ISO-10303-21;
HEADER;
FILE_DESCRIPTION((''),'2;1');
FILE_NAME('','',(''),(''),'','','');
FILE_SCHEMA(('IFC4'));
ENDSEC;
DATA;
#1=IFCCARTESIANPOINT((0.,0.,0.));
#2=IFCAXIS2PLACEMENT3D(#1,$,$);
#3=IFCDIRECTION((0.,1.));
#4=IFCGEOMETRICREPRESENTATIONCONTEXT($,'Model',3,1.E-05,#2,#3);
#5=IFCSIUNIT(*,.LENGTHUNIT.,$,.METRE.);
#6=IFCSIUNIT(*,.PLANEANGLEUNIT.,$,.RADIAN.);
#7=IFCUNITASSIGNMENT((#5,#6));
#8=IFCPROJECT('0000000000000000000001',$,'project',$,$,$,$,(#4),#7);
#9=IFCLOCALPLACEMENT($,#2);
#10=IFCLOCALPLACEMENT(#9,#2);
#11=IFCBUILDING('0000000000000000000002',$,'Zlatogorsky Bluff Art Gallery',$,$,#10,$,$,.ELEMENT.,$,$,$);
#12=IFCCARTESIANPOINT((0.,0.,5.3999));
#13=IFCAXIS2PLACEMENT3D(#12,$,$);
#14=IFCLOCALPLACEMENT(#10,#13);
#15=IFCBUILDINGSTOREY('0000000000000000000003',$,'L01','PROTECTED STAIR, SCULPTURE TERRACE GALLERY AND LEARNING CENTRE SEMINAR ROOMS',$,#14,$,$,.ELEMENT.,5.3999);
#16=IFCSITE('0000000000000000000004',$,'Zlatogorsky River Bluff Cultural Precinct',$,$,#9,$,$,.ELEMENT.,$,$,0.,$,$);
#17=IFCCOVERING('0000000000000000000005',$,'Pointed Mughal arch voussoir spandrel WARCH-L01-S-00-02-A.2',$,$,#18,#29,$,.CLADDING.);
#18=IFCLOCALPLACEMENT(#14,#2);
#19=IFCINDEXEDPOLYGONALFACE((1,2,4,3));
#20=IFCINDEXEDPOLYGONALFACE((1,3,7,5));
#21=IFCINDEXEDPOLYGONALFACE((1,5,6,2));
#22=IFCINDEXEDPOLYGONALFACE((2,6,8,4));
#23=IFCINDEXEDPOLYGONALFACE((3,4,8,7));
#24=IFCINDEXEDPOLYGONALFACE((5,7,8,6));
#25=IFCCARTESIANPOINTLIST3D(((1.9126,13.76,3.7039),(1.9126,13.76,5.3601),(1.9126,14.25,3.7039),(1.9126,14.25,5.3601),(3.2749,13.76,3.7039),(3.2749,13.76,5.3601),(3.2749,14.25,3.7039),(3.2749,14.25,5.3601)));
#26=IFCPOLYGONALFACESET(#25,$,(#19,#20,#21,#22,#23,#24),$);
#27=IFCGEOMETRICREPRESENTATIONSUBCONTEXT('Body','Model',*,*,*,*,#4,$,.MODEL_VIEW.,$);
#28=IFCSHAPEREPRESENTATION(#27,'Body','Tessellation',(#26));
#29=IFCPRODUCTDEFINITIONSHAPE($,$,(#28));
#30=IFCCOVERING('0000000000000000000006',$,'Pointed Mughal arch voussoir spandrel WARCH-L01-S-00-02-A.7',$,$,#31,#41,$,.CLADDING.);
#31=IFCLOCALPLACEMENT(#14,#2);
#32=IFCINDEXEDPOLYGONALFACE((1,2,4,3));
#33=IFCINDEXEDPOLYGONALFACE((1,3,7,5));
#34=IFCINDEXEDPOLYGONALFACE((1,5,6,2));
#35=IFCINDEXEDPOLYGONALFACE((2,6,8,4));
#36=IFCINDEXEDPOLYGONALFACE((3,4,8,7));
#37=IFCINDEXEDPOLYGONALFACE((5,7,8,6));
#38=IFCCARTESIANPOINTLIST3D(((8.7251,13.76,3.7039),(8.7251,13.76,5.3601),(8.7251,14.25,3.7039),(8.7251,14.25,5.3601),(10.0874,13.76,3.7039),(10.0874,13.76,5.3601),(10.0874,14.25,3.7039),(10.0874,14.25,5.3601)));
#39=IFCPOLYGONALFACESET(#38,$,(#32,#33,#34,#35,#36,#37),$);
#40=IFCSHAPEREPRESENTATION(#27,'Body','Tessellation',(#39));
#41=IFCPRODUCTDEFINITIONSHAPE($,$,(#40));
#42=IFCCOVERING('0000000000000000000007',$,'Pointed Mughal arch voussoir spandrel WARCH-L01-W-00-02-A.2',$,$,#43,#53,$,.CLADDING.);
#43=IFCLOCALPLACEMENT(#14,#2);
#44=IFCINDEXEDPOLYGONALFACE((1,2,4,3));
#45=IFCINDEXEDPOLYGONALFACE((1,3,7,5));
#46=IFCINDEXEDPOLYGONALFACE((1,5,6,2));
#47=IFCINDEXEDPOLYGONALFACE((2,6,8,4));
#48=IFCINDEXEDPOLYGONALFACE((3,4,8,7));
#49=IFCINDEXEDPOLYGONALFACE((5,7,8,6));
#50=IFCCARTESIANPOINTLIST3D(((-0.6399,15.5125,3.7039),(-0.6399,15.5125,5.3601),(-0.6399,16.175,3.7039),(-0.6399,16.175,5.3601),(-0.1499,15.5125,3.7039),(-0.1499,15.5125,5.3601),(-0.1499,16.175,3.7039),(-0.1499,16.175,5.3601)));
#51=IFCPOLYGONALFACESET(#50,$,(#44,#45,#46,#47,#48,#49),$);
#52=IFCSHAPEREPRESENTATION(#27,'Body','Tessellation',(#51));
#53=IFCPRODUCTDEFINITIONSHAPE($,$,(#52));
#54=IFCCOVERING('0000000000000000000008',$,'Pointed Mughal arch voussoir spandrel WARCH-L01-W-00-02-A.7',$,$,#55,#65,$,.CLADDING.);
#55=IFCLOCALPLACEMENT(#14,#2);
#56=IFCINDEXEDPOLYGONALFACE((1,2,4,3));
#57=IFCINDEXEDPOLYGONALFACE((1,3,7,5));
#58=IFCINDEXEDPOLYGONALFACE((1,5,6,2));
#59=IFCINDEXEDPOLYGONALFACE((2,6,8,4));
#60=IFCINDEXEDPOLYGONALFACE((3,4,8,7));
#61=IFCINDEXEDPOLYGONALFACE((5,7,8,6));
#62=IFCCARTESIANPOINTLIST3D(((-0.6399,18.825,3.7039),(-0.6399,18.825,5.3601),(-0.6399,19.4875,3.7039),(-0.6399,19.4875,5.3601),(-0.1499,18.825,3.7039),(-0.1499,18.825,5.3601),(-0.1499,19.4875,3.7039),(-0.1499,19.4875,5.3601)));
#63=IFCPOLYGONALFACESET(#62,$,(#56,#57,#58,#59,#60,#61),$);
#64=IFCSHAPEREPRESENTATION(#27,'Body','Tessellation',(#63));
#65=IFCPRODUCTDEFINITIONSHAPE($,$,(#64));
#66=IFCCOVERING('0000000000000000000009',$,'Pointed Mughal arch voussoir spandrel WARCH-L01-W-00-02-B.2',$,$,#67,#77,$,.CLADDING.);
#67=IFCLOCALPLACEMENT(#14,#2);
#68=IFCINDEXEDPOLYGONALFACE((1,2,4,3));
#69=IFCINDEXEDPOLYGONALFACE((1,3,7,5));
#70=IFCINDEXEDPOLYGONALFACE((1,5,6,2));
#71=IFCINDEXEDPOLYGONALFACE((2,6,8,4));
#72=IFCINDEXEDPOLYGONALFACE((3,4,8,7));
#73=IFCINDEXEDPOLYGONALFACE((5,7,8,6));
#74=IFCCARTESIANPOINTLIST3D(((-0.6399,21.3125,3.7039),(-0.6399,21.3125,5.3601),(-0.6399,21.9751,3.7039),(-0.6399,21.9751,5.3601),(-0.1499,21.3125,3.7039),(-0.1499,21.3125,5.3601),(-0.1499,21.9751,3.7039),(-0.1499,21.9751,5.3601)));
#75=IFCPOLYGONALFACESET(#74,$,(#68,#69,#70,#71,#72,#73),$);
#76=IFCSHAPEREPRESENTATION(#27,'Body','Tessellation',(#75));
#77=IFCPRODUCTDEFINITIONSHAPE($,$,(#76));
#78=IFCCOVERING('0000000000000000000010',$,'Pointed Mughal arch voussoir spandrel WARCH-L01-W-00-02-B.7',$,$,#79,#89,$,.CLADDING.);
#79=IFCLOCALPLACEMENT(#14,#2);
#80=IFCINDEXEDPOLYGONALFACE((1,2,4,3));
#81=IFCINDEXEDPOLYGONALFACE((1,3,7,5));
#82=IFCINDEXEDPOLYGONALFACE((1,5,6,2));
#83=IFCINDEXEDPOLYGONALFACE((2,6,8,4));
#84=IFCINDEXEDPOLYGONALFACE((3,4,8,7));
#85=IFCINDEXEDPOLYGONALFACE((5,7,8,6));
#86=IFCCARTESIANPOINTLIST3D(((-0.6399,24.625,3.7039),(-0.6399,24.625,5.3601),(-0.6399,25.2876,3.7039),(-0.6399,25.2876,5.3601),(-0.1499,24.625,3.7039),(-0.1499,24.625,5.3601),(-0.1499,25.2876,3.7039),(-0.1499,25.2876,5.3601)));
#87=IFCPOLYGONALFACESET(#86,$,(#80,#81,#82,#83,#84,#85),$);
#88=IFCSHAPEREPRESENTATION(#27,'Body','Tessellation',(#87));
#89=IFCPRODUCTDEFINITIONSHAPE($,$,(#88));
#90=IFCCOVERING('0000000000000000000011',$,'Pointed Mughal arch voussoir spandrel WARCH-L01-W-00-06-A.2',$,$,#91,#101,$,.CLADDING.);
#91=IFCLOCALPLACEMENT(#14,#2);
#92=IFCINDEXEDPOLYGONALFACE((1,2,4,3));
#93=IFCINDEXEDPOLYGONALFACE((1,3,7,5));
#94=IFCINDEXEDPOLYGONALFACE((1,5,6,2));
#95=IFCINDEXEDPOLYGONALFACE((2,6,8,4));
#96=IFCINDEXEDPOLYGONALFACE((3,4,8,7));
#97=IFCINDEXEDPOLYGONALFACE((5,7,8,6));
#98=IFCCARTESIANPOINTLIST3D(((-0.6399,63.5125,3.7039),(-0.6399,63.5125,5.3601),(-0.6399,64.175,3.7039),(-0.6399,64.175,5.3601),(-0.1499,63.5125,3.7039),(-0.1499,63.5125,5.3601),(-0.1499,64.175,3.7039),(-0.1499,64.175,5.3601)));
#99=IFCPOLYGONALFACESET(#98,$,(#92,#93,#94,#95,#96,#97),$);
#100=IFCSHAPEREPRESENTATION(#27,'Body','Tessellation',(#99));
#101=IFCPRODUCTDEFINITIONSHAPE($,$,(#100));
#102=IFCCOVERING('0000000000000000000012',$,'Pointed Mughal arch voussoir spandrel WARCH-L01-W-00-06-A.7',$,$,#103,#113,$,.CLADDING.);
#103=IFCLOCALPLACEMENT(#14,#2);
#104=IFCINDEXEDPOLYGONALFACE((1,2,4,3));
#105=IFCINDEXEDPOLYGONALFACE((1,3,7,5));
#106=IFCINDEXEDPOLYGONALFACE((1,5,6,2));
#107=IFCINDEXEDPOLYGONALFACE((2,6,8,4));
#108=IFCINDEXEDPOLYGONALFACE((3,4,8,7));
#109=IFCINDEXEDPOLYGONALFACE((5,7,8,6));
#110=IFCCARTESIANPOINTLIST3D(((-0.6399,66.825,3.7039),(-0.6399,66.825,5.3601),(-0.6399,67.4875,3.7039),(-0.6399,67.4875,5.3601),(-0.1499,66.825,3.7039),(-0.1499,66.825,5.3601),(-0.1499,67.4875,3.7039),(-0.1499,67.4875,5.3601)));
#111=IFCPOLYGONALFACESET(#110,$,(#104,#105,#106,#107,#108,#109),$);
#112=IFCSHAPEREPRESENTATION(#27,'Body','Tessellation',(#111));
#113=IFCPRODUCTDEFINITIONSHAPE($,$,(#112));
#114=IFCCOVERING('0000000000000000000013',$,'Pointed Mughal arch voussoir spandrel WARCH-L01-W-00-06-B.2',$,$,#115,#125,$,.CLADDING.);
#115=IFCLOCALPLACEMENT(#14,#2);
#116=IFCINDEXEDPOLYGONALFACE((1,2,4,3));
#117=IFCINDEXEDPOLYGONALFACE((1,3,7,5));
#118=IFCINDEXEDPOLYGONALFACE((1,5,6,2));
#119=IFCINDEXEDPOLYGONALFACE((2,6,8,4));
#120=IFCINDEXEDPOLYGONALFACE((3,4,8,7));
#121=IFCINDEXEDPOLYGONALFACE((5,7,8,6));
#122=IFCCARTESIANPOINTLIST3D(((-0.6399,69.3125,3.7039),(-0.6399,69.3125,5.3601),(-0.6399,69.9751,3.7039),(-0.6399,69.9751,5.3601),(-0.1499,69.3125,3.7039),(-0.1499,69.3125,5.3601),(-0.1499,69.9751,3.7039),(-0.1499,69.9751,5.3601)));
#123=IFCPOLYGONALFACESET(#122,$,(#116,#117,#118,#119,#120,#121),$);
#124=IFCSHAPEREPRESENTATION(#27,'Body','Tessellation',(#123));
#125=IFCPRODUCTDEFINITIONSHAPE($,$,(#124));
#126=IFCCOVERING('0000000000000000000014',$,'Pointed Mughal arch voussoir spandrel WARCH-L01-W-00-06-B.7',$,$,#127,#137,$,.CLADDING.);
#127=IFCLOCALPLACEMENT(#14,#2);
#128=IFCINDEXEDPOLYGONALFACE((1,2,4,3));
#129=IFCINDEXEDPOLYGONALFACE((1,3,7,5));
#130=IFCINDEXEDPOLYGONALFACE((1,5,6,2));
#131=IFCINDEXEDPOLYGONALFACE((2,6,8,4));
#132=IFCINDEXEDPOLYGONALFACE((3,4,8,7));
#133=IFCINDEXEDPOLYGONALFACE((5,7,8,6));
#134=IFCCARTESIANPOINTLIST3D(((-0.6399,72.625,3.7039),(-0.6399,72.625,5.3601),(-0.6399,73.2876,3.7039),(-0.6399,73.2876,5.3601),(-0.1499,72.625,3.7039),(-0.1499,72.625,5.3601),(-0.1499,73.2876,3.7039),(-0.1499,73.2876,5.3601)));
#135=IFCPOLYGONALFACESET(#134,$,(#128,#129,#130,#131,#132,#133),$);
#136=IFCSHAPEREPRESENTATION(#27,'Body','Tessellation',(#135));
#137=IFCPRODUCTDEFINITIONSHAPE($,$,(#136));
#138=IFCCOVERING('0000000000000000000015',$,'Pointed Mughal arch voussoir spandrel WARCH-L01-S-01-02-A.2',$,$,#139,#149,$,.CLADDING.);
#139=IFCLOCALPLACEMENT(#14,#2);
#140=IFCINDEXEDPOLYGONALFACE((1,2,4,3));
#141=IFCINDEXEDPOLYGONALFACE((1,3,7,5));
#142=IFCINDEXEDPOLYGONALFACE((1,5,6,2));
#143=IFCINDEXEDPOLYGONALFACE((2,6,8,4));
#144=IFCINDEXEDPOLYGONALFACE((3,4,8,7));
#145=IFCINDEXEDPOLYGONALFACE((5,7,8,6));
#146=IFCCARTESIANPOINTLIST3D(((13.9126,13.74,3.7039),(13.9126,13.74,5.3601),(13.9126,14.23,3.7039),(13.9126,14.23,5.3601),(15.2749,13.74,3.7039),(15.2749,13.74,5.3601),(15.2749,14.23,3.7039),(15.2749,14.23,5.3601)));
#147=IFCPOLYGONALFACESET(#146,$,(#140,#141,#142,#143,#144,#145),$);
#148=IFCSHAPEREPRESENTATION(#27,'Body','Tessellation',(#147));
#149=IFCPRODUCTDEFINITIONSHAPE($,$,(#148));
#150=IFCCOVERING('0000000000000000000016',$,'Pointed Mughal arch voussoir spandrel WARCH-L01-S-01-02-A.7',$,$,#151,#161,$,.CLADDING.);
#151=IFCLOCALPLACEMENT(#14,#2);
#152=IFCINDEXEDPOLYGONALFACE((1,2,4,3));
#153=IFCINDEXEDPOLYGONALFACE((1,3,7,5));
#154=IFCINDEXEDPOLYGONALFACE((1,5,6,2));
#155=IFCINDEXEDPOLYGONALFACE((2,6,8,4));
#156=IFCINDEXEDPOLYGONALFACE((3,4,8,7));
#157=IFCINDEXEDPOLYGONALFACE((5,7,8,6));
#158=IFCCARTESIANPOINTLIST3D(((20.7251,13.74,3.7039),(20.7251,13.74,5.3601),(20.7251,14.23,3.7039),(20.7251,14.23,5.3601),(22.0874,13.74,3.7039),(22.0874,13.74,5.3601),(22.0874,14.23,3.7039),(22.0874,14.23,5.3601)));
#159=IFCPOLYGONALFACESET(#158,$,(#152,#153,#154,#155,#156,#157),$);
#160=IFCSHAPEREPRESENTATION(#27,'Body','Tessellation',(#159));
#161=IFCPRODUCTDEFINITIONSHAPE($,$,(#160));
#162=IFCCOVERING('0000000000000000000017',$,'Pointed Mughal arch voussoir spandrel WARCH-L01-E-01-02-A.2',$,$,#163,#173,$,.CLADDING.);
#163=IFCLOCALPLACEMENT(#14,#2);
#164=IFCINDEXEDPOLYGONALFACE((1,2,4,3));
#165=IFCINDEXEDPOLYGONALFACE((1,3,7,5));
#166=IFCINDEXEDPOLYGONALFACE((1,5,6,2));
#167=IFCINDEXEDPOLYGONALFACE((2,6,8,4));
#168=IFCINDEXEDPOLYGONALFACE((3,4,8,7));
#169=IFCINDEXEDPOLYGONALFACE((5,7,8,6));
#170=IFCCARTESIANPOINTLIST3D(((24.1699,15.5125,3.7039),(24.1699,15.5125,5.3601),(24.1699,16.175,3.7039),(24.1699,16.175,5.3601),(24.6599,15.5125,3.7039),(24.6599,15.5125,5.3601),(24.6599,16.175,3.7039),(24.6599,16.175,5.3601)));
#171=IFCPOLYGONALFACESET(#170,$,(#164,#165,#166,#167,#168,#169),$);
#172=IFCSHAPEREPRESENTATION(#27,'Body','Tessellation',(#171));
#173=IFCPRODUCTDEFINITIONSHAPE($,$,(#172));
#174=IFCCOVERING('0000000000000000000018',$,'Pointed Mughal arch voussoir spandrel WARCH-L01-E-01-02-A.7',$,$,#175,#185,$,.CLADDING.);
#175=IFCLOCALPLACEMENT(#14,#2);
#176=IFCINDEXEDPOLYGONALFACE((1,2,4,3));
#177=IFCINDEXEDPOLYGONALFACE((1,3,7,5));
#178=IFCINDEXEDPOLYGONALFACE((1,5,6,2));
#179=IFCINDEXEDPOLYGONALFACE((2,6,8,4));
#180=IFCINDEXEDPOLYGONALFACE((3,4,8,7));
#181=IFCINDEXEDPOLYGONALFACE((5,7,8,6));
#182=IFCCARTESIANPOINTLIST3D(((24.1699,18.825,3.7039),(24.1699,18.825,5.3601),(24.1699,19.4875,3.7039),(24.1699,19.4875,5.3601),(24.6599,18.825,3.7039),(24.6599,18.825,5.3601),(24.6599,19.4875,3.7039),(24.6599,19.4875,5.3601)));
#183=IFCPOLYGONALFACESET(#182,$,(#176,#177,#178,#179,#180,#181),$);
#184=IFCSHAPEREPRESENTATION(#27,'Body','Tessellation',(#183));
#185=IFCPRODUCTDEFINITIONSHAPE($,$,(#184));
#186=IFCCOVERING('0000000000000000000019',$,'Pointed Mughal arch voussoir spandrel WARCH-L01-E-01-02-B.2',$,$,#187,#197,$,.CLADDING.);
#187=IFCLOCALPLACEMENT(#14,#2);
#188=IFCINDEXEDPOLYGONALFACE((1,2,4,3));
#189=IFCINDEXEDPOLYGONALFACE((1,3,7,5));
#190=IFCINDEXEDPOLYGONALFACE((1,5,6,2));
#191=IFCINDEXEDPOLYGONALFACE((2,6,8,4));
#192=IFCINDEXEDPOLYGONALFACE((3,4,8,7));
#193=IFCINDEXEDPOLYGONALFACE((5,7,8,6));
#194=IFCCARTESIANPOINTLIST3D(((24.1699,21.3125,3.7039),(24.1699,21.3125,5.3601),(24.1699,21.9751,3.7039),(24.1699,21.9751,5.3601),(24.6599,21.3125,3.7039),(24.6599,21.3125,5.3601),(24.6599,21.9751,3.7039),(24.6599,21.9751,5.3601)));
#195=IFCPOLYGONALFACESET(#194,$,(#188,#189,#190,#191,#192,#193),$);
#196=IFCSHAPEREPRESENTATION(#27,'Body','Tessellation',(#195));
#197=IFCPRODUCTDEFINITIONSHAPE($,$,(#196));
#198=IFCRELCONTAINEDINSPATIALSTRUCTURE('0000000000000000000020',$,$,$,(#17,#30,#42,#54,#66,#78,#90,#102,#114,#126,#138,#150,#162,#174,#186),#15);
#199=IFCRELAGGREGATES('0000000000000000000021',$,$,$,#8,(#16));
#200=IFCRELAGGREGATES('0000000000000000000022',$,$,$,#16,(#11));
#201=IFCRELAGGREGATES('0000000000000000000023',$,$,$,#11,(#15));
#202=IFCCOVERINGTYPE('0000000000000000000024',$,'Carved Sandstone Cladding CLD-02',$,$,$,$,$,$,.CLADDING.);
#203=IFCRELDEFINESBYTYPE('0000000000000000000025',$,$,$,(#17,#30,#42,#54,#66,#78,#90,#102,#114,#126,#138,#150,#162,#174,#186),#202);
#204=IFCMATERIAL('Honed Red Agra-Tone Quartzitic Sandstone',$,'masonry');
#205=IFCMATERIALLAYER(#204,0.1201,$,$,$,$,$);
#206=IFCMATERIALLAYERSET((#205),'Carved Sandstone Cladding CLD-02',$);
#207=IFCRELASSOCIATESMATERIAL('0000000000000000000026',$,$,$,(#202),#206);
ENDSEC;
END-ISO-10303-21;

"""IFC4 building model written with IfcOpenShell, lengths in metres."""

from ifc_helpers import new_model, si_unit, direction, frame, origin, place, context, subcontext, project, spatial, polyline, outline, extrude, material, layer, layer_set, type_object, element, save


model = new_model("IFC4")

# Units and contexts
model_context = context("Model", 3, precision=1e-05, world=origin(), true_north=direction((0.0, 1.0)))
body_context = subcontext(model_context, "Body", "Model", "MODEL_VIEW")
ifc_project = project(units=[si_unit("LENGTHUNIT", "METRE"), si_unit("PLANEANGLEUNIT", "RADIAN")], contexts=[model_context])

# Site, building, storey
site_placement = place(None, origin())
site = spatial("IfcSite", under=ifc_project, at=site_placement, Name="Zlatogorsky River Bluff Cultural Precinct", CompositionType="ELEMENT", RefElevation=0.0)
building_placement = place(site_placement, origin())
building = spatial("IfcBuilding", under=site, at=building_placement, Name="Zlatogorsky Bluff Art Gallery", CompositionType="ELEMENT")
storey_placement = place(building_placement, frame((0.0, 0.0, 5.3999)))
storey = spatial("IfcBuildingStorey", under=building, at=storey_placement, Name="L01", Description="PROTECTED STAIR, SCULPTURE TERRACE GALLERY AND LEARNING CENTRE SEMINAR ROOMS", CompositionType="ELEMENT", Elevation=5.3999)

# Coverings
ifc_material = material(Name="Honed Red Agra-Tone Quartzitic Sandstone", Category="masonry")
ifc_layer = layer(ifc_material, 0.1201)
ifc_layer_set = layer_set([ifc_layer], Name="Carved Sandstone Cladding CLD-02")
covering_type = type_object("IfcCoveringType", Name="Carved Sandstone Cladding CLD-02", PredefinedType="CLADDING", material=ifc_layer_set)
covering_1_placement = place(storey_placement, frame((0.0, 0.0, 3.7039)))
element("IfcCovering", 1, at=covering_1_placement, inside=storey, type_object=covering_type, Name="Pointed Mughal arch voussoir spandrel WARCH-L01-S-00-02-A.2", PredefinedType="CLADDING", context=body_context, shape_type="SweptSolid", body=[
    extrude(outline(polyline([(1.9126, 13.76), (3.2749, 13.76), (3.2749, 14.25), (1.9126, 14.25), (1.9126, 13.76)])), origin(), (0.0, 0.0, 1.0), 1.6562),
])
covering_2_placement = place(storey_placement, frame((0.0, 0.0, 3.7039)))
element("IfcCovering", 2, at=covering_2_placement, inside=storey, type_object=covering_type, Name="Pointed Mughal arch voussoir spandrel WARCH-L01-S-00-02-A.7", PredefinedType="CLADDING", context=body_context, shape_type="SweptSolid", body=[
    extrude(outline(polyline([(8.7251, 13.76), (10.0874, 13.76), (10.0874, 14.25), (8.7251, 14.25), (8.7251, 13.76)])), origin(), (0.0, 0.0, 1.0), 1.6562),
])
covering_3_placement = place(storey_placement, frame((0.0, 0.0, 3.7039)))
element("IfcCovering", 3, at=covering_3_placement, inside=storey, type_object=covering_type, Name="Pointed Mughal arch voussoir spandrel WARCH-L01-W-00-02-A.2", PredefinedType="CLADDING", context=body_context, shape_type="SweptSolid", body=[
    extrude(outline(polyline([(-0.6399, 15.5125), (-0.6399, 16.175), (-0.1499, 16.175), (-0.1499, 15.5125), (-0.6399, 15.5125)])), origin(), (0.0, 0.0, 1.0), 1.6562),
])
covering_4_placement = place(storey_placement, frame((0.0, 0.0, 3.7039)))
element("IfcCovering", 4, at=covering_4_placement, inside=storey, type_object=covering_type, Name="Pointed Mughal arch voussoir spandrel WARCH-L01-W-00-02-A.7", PredefinedType="CLADDING", context=body_context, shape_type="SweptSolid", body=[
    extrude(outline(polyline([(-0.6399, 18.825), (-0.6399, 19.4875), (-0.1499, 19.4875), (-0.1499, 18.825), (-0.6399, 18.825)])), origin(), (0.0, 0.0, 1.0), 1.6562),
])
covering_5_placement = place(storey_placement, frame((0.0, 0.0, 3.7039)))
element("IfcCovering", 5, at=covering_5_placement, inside=storey, type_object=covering_type, Name="Pointed Mughal arch voussoir spandrel WARCH-L01-W-00-02-B.2", PredefinedType="CLADDING", context=body_context, shape_type="SweptSolid", body=[
    extrude(outline(polyline([(-0.6399, 21.3125), (-0.6399, 21.9751), (-0.1499, 21.9751), (-0.1499, 21.3125), (-0.6399, 21.3125)])), origin(), (0.0, 0.0, 1.0), 1.6562),
])
covering_6_placement = place(storey_placement, frame((0.0, 0.0, 3.7039)))
element("IfcCovering", 6, at=covering_6_placement, inside=storey, type_object=covering_type, Name="Pointed Mughal arch voussoir spandrel WARCH-L01-W-00-02-B.7", PredefinedType="CLADDING", context=body_context, shape_type="SweptSolid", body=[
    extrude(outline(polyline([(-0.6399, 24.625), (-0.6399, 25.2876), (-0.1499, 25.2876), (-0.1499, 24.625), (-0.6399, 24.625)])), origin(), (0.0, 0.0, 1.0), 1.6562),
])
covering_7_placement = place(storey_placement, frame((0.0, 0.0, 3.7039)))
element("IfcCovering", 7, at=covering_7_placement, inside=storey, type_object=covering_type, Name="Pointed Mughal arch voussoir spandrel WARCH-L01-W-00-06-A.2", PredefinedType="CLADDING", context=body_context, shape_type="SweptSolid", body=[
    extrude(outline(polyline([(-0.6399, 63.5125), (-0.6399, 64.175), (-0.1499, 64.175), (-0.1499, 63.5125), (-0.6399, 63.5125)])), origin(), (0.0, 0.0, 1.0), 1.6562),
])
covering_8_placement = place(storey_placement, frame((0.0, 0.0, 3.7039)))
element("IfcCovering", 8, at=covering_8_placement, inside=storey, type_object=covering_type, Name="Pointed Mughal arch voussoir spandrel WARCH-L01-W-00-06-A.7", PredefinedType="CLADDING", context=body_context, shape_type="SweptSolid", body=[
    extrude(outline(polyline([(-0.6399, 66.825), (-0.6399, 67.4875), (-0.1499, 67.4875), (-0.1499, 66.825), (-0.6399, 66.825)])), origin(), (0.0, 0.0, 1.0), 1.6562),
])
covering_9_placement = place(storey_placement, frame((0.0, 0.0, 3.7039)))
element("IfcCovering", 9, at=covering_9_placement, inside=storey, type_object=covering_type, Name="Pointed Mughal arch voussoir spandrel WARCH-L01-W-00-06-B.2", PredefinedType="CLADDING", context=body_context, shape_type="SweptSolid", body=[
    extrude(outline(polyline([(-0.6399, 69.3125), (-0.6399, 69.9751), (-0.1499, 69.9751), (-0.1499, 69.3125), (-0.6399, 69.3125)])), origin(), (0.0, 0.0, 1.0), 1.6562),
])
covering_10_placement = place(storey_placement, frame((0.0, 0.0, 3.7039)))
element("IfcCovering", 10, at=covering_10_placement, inside=storey, type_object=covering_type, Name="Pointed Mughal arch voussoir spandrel WARCH-L01-W-00-06-B.7", PredefinedType="CLADDING", context=body_context, shape_type="SweptSolid", body=[
    extrude(outline(polyline([(-0.6399, 72.625), (-0.6399, 73.2876), (-0.1499, 73.2876), (-0.1499, 72.625), (-0.6399, 72.625)])), origin(), (0.0, 0.0, 1.0), 1.6562),
])
covering_11_placement = place(storey_placement, frame((0.0, 0.0, 3.7039)))
element("IfcCovering", 11, at=covering_11_placement, inside=storey, type_object=covering_type, Name="Pointed Mughal arch voussoir spandrel WARCH-L01-S-01-02-A.2", PredefinedType="CLADDING", context=body_context, shape_type="SweptSolid", body=[
    extrude(outline(polyline([(13.9126, 13.74), (15.2749, 13.74), (15.2749, 14.23), (13.9126, 14.23), (13.9126, 13.74)])), origin(), (0.0, 0.0, 1.0), 1.6562),
])
covering_12_placement = place(storey_placement, frame((0.0, 0.0, 3.7039)))
element("IfcCovering", 12, at=covering_12_placement, inside=storey, type_object=covering_type, Name="Pointed Mughal arch voussoir spandrel WARCH-L01-S-01-02-A.7", PredefinedType="CLADDING", context=body_context, shape_type="SweptSolid", body=[
    extrude(outline(polyline([(20.7251, 13.74), (22.0874, 13.74), (22.0874, 14.23), (20.7251, 14.23), (20.7251, 13.74)])), origin(), (0.0, 0.0, 1.0), 1.6562),
])
covering_13_placement = place(storey_placement, frame((0.0, 0.0, 3.7039)))
element("IfcCovering", 13, at=covering_13_placement, inside=storey, type_object=covering_type, Name="Pointed Mughal arch voussoir spandrel WARCH-L01-E-01-02-A.2", PredefinedType="CLADDING", context=body_context, shape_type="SweptSolid", body=[
    extrude(outline(polyline([(24.1699, 15.5125), (24.1699, 16.175), (24.6599, 16.175), (24.6599, 15.5125), (24.1699, 15.5125)])), origin(), (0.0, 0.0, 1.0), 1.6562),
])
covering_14_placement = place(storey_placement, frame((0.0, 0.0, 3.7039)))
element("IfcCovering", 14, at=covering_14_placement, inside=storey, type_object=covering_type, Name="Pointed Mughal arch voussoir spandrel WARCH-L01-E-01-02-A.7", PredefinedType="CLADDING", context=body_context, shape_type="SweptSolid", body=[
    extrude(outline(polyline([(24.1699, 18.825), (24.1699, 19.4875), (24.6599, 19.4875), (24.6599, 18.825), (24.1699, 18.825)])), origin(), (0.0, 0.0, 1.0), 1.6562),
])
covering_15_placement = place(storey_placement, frame((0.0, 0.0, 3.7039)))
element("IfcCovering", 15, at=covering_15_placement, inside=storey, type_object=covering_type, Name="Pointed Mughal arch voussoir spandrel WARCH-L01-E-01-02-B.2", PredefinedType="CLADDING", context=body_context, shape_type="SweptSolid", body=[
    extrude(outline(polyline([(24.1699, 21.3125), (24.1699, 21.9751), (24.6599, 21.9751), (24.6599, 21.3125), (24.1699, 21.3125)])), origin(), (0.0, 0.0, 1.0), 1.6562),
])

save(model, "model.ifc")
